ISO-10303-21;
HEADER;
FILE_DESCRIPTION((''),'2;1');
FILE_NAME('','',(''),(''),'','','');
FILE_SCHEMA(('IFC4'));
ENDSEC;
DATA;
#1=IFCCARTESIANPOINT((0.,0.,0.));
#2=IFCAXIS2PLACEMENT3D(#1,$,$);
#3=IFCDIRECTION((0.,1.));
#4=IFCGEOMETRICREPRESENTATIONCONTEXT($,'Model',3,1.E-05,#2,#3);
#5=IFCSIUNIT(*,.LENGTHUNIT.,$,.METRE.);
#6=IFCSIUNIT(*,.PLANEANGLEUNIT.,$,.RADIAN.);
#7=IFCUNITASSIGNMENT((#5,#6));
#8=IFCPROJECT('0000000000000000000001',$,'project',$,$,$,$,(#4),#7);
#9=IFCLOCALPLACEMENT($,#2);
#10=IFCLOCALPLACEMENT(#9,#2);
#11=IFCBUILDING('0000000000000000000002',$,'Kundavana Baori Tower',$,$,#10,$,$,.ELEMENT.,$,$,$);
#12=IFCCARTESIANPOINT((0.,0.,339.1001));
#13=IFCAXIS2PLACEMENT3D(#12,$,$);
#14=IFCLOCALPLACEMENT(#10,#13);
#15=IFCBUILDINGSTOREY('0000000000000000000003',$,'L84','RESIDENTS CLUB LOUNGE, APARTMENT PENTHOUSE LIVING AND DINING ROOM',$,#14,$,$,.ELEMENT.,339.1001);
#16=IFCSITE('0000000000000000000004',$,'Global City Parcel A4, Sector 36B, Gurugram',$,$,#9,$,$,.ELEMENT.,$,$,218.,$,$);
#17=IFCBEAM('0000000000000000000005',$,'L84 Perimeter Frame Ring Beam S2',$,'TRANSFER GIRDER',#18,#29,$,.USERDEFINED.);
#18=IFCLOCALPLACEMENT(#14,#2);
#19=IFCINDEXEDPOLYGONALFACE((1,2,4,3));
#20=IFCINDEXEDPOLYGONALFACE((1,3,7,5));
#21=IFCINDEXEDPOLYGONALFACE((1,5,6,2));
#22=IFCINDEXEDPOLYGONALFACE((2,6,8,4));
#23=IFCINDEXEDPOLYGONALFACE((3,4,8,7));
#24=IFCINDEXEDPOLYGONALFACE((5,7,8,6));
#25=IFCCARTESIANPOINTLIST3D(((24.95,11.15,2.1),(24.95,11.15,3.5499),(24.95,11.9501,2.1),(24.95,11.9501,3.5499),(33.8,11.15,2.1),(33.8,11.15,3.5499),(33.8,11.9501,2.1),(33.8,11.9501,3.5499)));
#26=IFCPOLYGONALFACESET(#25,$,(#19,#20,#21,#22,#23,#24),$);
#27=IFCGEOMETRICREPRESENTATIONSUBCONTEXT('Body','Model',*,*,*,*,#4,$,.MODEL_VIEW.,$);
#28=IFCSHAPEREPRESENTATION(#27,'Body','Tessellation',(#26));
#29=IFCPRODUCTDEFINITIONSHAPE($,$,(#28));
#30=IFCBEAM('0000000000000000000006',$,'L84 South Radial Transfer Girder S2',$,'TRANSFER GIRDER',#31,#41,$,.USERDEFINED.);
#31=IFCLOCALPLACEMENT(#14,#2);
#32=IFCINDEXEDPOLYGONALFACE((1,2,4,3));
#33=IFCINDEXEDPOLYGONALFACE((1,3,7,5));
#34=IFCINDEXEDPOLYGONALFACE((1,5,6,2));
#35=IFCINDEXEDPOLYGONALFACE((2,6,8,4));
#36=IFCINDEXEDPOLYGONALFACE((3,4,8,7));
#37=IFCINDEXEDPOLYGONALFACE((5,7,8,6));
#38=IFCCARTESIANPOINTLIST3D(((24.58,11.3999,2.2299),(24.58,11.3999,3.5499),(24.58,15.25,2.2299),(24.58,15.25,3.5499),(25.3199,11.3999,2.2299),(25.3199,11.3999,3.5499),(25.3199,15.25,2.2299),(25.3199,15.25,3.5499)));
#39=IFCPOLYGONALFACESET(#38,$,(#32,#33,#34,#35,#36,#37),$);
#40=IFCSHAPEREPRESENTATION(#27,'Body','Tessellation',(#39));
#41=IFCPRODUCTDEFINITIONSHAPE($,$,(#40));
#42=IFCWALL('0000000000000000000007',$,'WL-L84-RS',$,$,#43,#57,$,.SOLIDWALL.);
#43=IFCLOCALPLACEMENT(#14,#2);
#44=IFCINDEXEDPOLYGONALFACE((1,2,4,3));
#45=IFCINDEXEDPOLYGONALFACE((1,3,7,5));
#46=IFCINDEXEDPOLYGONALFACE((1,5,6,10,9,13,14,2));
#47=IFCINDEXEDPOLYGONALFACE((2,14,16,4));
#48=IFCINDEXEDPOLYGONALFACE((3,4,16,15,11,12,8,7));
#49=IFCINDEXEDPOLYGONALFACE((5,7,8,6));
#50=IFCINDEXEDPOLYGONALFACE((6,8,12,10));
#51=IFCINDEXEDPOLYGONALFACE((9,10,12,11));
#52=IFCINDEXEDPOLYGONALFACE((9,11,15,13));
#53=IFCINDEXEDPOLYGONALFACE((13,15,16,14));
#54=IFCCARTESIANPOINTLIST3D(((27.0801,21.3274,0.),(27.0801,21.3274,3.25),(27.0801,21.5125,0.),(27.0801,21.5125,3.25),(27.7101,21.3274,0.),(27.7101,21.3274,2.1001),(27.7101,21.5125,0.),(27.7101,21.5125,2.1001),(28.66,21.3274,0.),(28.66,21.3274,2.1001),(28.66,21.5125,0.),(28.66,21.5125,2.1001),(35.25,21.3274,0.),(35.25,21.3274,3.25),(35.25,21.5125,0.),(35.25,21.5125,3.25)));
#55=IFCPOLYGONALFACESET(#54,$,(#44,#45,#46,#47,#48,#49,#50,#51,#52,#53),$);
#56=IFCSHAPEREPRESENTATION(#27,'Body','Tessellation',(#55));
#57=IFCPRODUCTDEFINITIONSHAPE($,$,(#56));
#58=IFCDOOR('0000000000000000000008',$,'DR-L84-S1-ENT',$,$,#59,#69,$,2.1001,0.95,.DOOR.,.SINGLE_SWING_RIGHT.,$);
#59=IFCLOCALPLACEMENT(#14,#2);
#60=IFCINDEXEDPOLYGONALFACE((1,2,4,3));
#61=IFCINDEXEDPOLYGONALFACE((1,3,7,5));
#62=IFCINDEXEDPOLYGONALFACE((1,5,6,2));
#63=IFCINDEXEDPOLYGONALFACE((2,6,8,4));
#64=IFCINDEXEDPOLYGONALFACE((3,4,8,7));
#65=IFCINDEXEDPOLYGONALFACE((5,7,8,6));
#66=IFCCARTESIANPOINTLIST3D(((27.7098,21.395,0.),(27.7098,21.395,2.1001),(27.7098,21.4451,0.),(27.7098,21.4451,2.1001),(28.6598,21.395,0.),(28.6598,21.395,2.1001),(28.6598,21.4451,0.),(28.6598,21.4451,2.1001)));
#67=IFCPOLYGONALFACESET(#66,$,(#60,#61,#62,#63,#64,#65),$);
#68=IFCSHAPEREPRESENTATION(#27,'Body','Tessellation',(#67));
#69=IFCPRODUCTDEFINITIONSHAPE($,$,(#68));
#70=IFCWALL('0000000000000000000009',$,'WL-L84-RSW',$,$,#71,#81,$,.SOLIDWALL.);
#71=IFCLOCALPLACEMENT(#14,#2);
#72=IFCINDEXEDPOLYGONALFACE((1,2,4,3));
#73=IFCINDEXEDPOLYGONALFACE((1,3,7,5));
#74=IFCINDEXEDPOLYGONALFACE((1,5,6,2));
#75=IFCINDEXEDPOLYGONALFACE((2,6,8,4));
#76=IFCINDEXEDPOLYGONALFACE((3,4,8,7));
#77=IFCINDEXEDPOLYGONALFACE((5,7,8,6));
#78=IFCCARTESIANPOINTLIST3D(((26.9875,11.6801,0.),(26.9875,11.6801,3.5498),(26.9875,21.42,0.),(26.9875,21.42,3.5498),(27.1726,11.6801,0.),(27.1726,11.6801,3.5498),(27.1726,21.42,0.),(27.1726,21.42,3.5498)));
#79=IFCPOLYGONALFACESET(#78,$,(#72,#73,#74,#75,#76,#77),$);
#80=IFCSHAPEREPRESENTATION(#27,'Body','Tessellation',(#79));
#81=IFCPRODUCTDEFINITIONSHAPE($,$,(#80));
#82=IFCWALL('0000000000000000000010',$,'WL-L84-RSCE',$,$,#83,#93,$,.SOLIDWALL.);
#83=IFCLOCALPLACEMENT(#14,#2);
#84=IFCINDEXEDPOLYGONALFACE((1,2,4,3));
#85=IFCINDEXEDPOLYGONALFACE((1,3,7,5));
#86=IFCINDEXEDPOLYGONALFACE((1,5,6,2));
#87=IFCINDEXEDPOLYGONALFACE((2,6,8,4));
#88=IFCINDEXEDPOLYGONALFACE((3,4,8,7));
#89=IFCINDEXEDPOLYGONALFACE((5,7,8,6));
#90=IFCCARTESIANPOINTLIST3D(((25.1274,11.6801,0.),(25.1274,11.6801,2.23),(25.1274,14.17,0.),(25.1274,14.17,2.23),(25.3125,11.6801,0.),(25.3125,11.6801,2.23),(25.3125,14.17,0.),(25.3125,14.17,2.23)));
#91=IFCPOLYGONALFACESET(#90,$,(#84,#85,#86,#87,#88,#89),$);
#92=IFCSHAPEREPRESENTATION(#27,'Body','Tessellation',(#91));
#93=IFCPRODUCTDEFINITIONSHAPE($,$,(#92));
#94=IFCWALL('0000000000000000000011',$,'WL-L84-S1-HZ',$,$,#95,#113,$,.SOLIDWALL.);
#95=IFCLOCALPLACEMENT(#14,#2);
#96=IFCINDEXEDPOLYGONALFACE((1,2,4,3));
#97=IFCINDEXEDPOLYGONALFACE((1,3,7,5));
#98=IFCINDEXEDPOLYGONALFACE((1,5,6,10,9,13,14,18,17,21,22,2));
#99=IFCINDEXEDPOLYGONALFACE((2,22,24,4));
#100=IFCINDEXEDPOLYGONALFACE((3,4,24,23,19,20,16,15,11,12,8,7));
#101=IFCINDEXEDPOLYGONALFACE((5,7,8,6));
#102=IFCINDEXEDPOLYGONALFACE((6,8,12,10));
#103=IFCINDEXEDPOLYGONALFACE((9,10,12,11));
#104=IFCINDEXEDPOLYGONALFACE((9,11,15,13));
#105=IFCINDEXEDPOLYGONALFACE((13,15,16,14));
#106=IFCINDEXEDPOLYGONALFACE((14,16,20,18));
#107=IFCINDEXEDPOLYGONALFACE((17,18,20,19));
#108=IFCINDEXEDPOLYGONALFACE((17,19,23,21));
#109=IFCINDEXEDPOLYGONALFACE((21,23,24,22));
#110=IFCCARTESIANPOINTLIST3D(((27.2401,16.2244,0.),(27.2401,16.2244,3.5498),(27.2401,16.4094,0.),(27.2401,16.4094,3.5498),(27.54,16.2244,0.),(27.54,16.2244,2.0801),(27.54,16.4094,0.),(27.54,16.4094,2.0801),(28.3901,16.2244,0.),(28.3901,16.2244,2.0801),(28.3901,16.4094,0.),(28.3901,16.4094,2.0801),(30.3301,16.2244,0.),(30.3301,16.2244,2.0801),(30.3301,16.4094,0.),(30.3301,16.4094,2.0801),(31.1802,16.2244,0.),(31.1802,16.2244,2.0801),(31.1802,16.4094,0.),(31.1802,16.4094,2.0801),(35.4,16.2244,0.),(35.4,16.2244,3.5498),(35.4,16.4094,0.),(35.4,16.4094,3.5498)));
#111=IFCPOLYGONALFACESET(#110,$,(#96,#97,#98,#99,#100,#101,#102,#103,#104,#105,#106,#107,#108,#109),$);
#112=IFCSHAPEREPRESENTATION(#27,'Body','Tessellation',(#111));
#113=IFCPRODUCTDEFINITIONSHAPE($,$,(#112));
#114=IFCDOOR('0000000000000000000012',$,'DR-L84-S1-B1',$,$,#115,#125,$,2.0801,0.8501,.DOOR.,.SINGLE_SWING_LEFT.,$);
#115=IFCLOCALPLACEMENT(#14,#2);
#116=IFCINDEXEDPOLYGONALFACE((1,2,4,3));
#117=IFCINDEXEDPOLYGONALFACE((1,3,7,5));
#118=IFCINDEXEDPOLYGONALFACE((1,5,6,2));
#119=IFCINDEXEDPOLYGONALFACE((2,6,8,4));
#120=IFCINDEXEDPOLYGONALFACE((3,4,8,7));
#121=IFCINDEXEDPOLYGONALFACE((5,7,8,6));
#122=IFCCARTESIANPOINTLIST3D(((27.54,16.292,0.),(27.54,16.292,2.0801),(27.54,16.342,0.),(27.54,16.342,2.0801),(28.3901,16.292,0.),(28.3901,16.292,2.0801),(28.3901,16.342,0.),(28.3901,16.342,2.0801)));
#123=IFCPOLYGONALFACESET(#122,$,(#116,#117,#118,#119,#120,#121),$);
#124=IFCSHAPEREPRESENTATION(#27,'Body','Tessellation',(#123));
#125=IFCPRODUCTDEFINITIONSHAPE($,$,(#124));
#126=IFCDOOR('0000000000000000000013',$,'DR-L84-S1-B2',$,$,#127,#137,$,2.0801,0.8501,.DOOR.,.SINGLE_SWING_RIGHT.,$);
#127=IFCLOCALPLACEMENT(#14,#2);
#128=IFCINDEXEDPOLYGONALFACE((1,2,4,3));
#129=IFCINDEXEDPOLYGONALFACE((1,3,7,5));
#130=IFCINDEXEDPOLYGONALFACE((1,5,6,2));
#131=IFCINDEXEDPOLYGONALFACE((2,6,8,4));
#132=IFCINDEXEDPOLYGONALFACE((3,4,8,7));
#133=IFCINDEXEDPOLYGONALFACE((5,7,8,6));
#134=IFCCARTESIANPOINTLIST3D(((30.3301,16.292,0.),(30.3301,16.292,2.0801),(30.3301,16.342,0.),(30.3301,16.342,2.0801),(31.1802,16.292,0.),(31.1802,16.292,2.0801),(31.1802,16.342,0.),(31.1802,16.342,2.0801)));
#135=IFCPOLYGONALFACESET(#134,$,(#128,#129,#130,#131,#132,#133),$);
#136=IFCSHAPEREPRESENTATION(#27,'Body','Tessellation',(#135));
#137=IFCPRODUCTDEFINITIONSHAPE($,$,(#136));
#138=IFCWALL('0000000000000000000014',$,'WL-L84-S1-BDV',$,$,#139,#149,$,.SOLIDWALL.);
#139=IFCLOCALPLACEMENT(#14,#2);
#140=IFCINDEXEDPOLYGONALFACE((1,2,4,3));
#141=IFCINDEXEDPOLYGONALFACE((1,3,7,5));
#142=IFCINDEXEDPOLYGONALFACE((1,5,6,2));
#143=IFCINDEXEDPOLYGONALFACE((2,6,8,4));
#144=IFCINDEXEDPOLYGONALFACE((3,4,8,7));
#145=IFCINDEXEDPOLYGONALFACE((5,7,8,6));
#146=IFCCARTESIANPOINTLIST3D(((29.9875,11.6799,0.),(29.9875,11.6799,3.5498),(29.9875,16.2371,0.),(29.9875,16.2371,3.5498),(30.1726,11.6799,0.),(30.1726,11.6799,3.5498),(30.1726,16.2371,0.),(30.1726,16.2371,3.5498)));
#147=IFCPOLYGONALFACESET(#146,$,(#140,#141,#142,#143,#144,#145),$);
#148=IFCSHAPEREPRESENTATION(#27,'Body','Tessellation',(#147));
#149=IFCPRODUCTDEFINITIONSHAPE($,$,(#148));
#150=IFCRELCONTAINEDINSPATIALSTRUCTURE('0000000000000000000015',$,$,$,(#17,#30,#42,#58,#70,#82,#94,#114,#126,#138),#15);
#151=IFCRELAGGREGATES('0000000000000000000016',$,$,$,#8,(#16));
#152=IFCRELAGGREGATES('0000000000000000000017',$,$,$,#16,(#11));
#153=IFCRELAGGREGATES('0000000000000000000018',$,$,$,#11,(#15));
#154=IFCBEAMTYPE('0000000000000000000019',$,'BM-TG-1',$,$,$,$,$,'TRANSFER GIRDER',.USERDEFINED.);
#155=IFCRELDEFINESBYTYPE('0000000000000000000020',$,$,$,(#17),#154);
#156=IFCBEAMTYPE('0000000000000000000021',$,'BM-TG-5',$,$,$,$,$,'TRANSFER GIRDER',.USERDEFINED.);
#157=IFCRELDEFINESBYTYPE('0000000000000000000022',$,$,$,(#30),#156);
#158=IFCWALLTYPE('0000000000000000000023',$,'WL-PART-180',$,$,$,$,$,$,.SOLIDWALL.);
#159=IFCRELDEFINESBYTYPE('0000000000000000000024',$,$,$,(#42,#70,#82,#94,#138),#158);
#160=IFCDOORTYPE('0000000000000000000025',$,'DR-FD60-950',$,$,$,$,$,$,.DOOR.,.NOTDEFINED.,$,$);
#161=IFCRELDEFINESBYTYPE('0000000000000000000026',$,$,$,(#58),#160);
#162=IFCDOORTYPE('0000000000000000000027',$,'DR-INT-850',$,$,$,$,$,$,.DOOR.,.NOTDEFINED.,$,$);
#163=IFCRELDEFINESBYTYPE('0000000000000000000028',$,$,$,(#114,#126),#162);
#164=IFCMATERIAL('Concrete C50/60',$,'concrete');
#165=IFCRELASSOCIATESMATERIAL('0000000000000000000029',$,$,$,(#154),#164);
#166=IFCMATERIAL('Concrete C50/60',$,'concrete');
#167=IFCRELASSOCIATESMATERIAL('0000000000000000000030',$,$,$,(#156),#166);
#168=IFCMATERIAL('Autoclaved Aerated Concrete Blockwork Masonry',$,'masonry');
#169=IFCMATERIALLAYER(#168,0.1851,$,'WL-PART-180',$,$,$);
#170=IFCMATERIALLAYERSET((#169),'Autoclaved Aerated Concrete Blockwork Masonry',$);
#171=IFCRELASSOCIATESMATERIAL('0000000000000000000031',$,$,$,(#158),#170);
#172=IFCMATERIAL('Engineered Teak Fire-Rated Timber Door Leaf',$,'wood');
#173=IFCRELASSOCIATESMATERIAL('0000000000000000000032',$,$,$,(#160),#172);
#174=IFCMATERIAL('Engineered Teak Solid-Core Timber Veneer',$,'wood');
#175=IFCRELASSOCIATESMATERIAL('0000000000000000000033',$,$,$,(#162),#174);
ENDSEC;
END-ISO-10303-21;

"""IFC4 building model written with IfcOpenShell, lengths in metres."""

from ifc_helpers import new_model, si_unit, direction, frame, frame_2d, origin, origin_2d, place, context, subcontext, project, spatial, rectangle, extrude, material, layer, layer_set, material_profile, profile_set, type_object, element, fill, save


model = new_model("IFC4")

# Units and contexts
model_context = context("Model", 3, precision=1e-05, world=origin(), true_north=direction((0.0, 1.0)))
body_context = subcontext(model_context, "Body", "Model", "MODEL_VIEW")
ifc_project = project(units=[si_unit("LENGTHUNIT", "METRE"), si_unit("PLANEANGLEUNIT", "RADIAN")], contexts=[model_context])

# Site, building, storey
site_placement = place(None, origin())
site = spatial("IfcSite", under=ifc_project, at=site_placement, Name="Global City Parcel A4, Sector 36B, Gurugram", CompositionType="ELEMENT", RefElevation=218.0)
building_placement = place(site_placement, origin())
building = spatial("IfcBuilding", under=site, at=building_placement, Name="Kundavana Baori Tower", CompositionType="ELEMENT")
storey_placement = place(building_placement, frame((0.0, 0.0, 339.1001)))
storey = spatial("IfcBuildingStorey", under=building, at=storey_placement, Name="L84", Description="RESIDENTS CLUB LOUNGE, APARTMENT PENTHOUSE LIVING AND DINING ROOM", CompositionType="ELEMENT", Elevation=339.1001)

# Beams
ifc_material_1 = material(Name="Concrete C50/60", Category="concrete")
ifc_material_profile_1 = material_profile(ifc_material_1, rectangle(XDim=0.8, YDim=1.45, at=origin_2d()), Name="BM-TG-1")
ifc_profile_set_1 = profile_set([ifc_material_profile_1], Name="Concrete C50/60")
beam_type_1 = type_object("IfcBeamType", Name="BM-TG-1", ElementType="TRANSFER GIRDER", PredefinedType="USERDEFINED", material=ifc_profile_set_1)
beam_1_placement = place(storey_placement, frame((24.95, 11.55, 2.825), z_axis=(1.0, 0.0, 0.0), x_axis=(0.0, 1.0, 0.0)))
element("IfcBeam", 1, at=beam_1_placement, inside=storey, type_object=beam_type_1, Name="L84 Perimeter Frame Ring Beam S2", ObjectType="TRANSFER GIRDER", PredefinedType="USERDEFINED", context=body_context, shape_type="SweptSolid", body=[
    extrude(rectangle(XDim=0.8, YDim=1.45, at=origin_2d()), origin(), (0.0, 0.0, 1.0), 8.8501),
])
ifc_material_2 = material(Name="Concrete C50/60", Category="concrete")
ifc_material_profile_2 = material_profile(ifc_material_2, rectangle(XDim=0.74, YDim=1.3201, at=origin_2d()), Name="BM-TG-5")
ifc_profile_set_2 = profile_set([ifc_material_profile_2], Name="Concrete C50/60")
beam_type_2 = type_object("IfcBeamType", Name="BM-TG-5", ElementType="TRANSFER GIRDER", PredefinedType="USERDEFINED", material=ifc_profile_set_2)
beam_2_placement = place(storey_placement, frame((24.95, 15.25, 2.8899), z_axis=(0.0, -1.0, 0.0), x_axis=(1.0, 0.0, 0.0)))
element("IfcBeam", 2, at=beam_2_placement, inside=storey, type_object=beam_type_2, Name="L84 South Radial Transfer Girder S2", ObjectType="TRANSFER GIRDER", PredefinedType="USERDEFINED", context=body_context, shape_type="SweptSolid", body=[
    extrude(rectangle(XDim=0.74, YDim=1.3201, at=origin_2d()), origin(), (0.0, 0.0, 1.0), 3.8501),
])

# Wall, opening, door
ifc_material_3 = material(Name="Autoclaved Aerated Concrete Blockwork Masonry", Category="masonry")
ifc_layer_1 = layer(ifc_material_3, 0.1851, Name="WL-PART-180")
ifc_layer_set_1 = layer_set([ifc_layer_1], Name="Autoclaved Aerated Concrete Blockwork Masonry")
wall_type_1 = type_object("IfcWallType", Name="WL-PART-180", PredefinedType="SOLIDWALL", material=ifc_layer_set_1)
wall_1_placement = place(storey_placement, frame((27.0801, 21.4199, 0.0), z_axis=(0.0, 0.0, 1.0), x_axis=(1.0, 0.0, 0.0)))
wall_1 = element("IfcWall", 3, at=wall_1_placement, inside=storey, type_object=wall_type_1, Name="WL-L84-RS", PredefinedType="SOLIDWALL", context=body_context, shape_type="SweptSolid", body=[
    extrude(rectangle(XDim=8.1699, YDim=0.1851, at=frame_2d((4.085, 0.0))), origin(), (0.0, 0.0, 1.0), 3.25),
])
opening_1_placement = place(wall_1_placement, frame((0.6299, 0.0, 0.0)))
opening_1 = element("IfcOpeningElement", 4, at=opening_1_placement, cuts=wall_1, PredefinedType="OPENING", context=body_context, shape_type="SweptSolid", body=[
    extrude(rectangle(XDim=0.95, YDim=2.1001, at=frame_2d((0.4751, 1.05))), frame((0.0, 0.1025, 0.0), z_axis=(0.0, -1.0, 0.0), x_axis=(1.0, 0.0, 0.0)), (0.0, 0.0, 1.0), 0.2051),
])
ifc_material_4 = material(Name="Engineered Teak Fire-Rated Timber Door Leaf", Category="wood")
door_type_1 = type_object("IfcDoorType", Name="DR-FD60-950", OperationType="NOTDEFINED", PredefinedType="DOOR", material=ifc_material_4)
door_1_placement = place(opening_1_placement, frame((0.95, 0.0, 0.0), z_axis=(0.0, 0.0, 1.0), x_axis=(-1.0, 0.0, 0.0)))
door_1 = element("IfcDoor", 5, at=door_1_placement, inside=storey, type_object=door_type_1, Name="DR-L84-S1-ENT", OperationType="SINGLE_SWING_RIGHT", OverallHeight=2.1001, OverallWidth=0.95, PredefinedType="DOOR", context=body_context, shape_type="SweptSolid", body=[
    extrude(rectangle(XDim=0.95, YDim=2.1001, at=frame_2d((0.4751, 1.05))), frame((0.0, 0.0249, 0.0), z_axis=(0.0, -1.0, 0.0), x_axis=(1.0, 0.0, 0.0)), (0.0, 0.0, 1.0), 0.05),
])
fill(opening_1, door_1)

# Walls
wall_2_placement = place(storey_placement, frame((27.0801, 11.6799, 0.0), z_axis=(0.0, 0.0, 1.0), x_axis=(0.0, 1.0, 0.0)))
element("IfcWall", 6, at=wall_2_placement, inside=storey, type_object=wall_type_1, Name="WL-L84-RSW", PredefinedType="SOLIDWALL", context=body_context, shape_type="SweptSolid", body=[
    extrude(rectangle(XDim=9.74, YDim=0.1851, at=frame_2d((4.8701, 0.0))), origin(), (0.0, 0.0, 1.0), 3.5498),
])
wall_3_placement = place(storey_placement, frame((25.22, 11.6799, 0.0), z_axis=(0.0, 0.0, 1.0), x_axis=(0.0, 1.0, 0.0)))
element("IfcWall", 7, at=wall_3_placement, inside=storey, type_object=wall_type_1, Name="WL-L84-RSCE", PredefinedType="SOLIDWALL", context=body_context, shape_type="SweptSolid", body=[
    extrude(rectangle(XDim=2.49, YDim=0.1851, at=frame_2d((1.2451, 0.0))), origin(), (0.0, 0.0, 1.0), 2.23),
])

# Wall, openings, doors
wall_4_placement = place(storey_placement, frame((27.24, 16.3169, 0.0), z_axis=(0.0, 0.0, 1.0), x_axis=(1.0, 0.0, 0.0)))
wall_4 = element("IfcWall", 8, at=wall_4_placement, inside=storey, type_object=wall_type_1, Name="WL-L84-S1-HZ", PredefinedType="SOLIDWALL", context=body_context, shape_type="SweptSolid", body=[
    extrude(rectangle(XDim=8.1599, YDim=0.1851, at=frame_2d((4.0801, 0.0))), origin(), (0.0, 0.0, 1.0), 3.5498),
])
opening_2_placement = place(wall_4_placement, frame((0.3, 0.0, 0.0)))
opening_2 = element("IfcOpeningElement", 9, at=opening_2_placement, cuts=wall_4, PredefinedType="OPENING", context=body_context, shape_type="SweptSolid", body=[
    extrude(rectangle(XDim=0.8501, YDim=2.0801, at=frame_2d((0.425, 1.04))), frame((0.0, 0.1025, 0.0), z_axis=(0.0, -1.0, 0.0), x_axis=(1.0, 0.0, 0.0)), (0.0, 0.0, 1.0), 0.2051),
])
opening_3_placement = place(wall_4_placement, frame((3.0901, 0.0, 0.0)))
opening_3 = element("IfcOpeningElement", 10, at=opening_3_placement, cuts=wall_4, PredefinedType="OPENING", context=body_context, shape_type="SweptSolid", body=[
    extrude(rectangle(XDim=0.8501, YDim=2.0801, at=frame_2d((0.425, 1.04))), frame((0.0, 0.1025, 0.0), z_axis=(0.0, -1.0, 0.0), x_axis=(1.0, 0.0, 0.0)), (0.0, 0.0, 1.0), 0.2051),
])
ifc_material_5 = material(Name="Engineered Teak Solid-Core Timber Veneer", Category="wood")
door_type_2 = type_object("IfcDoorType", Name="DR-INT-850", OperationType="NOTDEFINED", PredefinedType="DOOR", material=ifc_material_5)
door_2_placement = place(opening_2_placement, frame((0.8501, 0.0, 0.0), z_axis=(0.0, 0.0, 1.0), x_axis=(-1.0, 0.0, 0.0)))
door_2 = element("IfcDoor", 11, at=door_2_placement, inside=storey, type_object=door_type_2, Name="DR-L84-S1-B1", OperationType="SINGLE_SWING_LEFT", OverallHeight=2.0801, OverallWidth=0.8501, PredefinedType="DOOR", context=body_context, shape_type="SweptSolid", body=[
    extrude(rectangle(XDim=0.8501, YDim=2.0801, at=frame_2d((0.425, 1.04))), frame((0.0, 0.0249, 0.0), z_axis=(0.0, -1.0, 0.0), x_axis=(1.0, 0.0, 0.0)), (0.0, 0.0, 1.0), 0.05),
])
fill(opening_2, door_2)
door_3_placement = place(opening_3_placement, frame((0.8501, 0.0, 0.0), z_axis=(0.0, 0.0, 1.0), x_axis=(-1.0, 0.0, 0.0)))
door_3 = element("IfcDoor", 12, at=door_3_placement, inside=storey, type_object=door_type_2, Name="DR-L84-S1-B2", OperationType="SINGLE_SWING_RIGHT", OverallHeight=2.0801, OverallWidth=0.8501, PredefinedType="DOOR", context=body_context, shape_type="SweptSolid", body=[
    extrude(rectangle(XDim=0.8501, YDim=2.0801, at=frame_2d((0.425, 1.04))), frame((0.0, 0.0249, 0.0), z_axis=(0.0, -1.0, 0.0), x_axis=(1.0, 0.0, 0.0)), (0.0, 0.0, 1.0), 0.05),
])
fill(opening_3, door_3)

# Wall
wall_5_placement = place(storey_placement, frame((30.0801, 11.6799, 0.0), z_axis=(0.0, 0.0, 1.0), x_axis=(0.0, 1.0, 0.0)))
element("IfcWall", 13, at=wall_5_placement, inside=storey, type_object=wall_type_1, Name="WL-L84-S1-BDV", PredefinedType="SOLIDWALL", context=body_context, shape_type="SweptSolid", body=[
    extrude(rectangle(XDim=4.5571, YDim=0.1851, at=frame_2d((2.2786, 0.0))), origin(), (0.0, 0.0, 1.0), 3.5498),
])

save(model, "model.ifc")
